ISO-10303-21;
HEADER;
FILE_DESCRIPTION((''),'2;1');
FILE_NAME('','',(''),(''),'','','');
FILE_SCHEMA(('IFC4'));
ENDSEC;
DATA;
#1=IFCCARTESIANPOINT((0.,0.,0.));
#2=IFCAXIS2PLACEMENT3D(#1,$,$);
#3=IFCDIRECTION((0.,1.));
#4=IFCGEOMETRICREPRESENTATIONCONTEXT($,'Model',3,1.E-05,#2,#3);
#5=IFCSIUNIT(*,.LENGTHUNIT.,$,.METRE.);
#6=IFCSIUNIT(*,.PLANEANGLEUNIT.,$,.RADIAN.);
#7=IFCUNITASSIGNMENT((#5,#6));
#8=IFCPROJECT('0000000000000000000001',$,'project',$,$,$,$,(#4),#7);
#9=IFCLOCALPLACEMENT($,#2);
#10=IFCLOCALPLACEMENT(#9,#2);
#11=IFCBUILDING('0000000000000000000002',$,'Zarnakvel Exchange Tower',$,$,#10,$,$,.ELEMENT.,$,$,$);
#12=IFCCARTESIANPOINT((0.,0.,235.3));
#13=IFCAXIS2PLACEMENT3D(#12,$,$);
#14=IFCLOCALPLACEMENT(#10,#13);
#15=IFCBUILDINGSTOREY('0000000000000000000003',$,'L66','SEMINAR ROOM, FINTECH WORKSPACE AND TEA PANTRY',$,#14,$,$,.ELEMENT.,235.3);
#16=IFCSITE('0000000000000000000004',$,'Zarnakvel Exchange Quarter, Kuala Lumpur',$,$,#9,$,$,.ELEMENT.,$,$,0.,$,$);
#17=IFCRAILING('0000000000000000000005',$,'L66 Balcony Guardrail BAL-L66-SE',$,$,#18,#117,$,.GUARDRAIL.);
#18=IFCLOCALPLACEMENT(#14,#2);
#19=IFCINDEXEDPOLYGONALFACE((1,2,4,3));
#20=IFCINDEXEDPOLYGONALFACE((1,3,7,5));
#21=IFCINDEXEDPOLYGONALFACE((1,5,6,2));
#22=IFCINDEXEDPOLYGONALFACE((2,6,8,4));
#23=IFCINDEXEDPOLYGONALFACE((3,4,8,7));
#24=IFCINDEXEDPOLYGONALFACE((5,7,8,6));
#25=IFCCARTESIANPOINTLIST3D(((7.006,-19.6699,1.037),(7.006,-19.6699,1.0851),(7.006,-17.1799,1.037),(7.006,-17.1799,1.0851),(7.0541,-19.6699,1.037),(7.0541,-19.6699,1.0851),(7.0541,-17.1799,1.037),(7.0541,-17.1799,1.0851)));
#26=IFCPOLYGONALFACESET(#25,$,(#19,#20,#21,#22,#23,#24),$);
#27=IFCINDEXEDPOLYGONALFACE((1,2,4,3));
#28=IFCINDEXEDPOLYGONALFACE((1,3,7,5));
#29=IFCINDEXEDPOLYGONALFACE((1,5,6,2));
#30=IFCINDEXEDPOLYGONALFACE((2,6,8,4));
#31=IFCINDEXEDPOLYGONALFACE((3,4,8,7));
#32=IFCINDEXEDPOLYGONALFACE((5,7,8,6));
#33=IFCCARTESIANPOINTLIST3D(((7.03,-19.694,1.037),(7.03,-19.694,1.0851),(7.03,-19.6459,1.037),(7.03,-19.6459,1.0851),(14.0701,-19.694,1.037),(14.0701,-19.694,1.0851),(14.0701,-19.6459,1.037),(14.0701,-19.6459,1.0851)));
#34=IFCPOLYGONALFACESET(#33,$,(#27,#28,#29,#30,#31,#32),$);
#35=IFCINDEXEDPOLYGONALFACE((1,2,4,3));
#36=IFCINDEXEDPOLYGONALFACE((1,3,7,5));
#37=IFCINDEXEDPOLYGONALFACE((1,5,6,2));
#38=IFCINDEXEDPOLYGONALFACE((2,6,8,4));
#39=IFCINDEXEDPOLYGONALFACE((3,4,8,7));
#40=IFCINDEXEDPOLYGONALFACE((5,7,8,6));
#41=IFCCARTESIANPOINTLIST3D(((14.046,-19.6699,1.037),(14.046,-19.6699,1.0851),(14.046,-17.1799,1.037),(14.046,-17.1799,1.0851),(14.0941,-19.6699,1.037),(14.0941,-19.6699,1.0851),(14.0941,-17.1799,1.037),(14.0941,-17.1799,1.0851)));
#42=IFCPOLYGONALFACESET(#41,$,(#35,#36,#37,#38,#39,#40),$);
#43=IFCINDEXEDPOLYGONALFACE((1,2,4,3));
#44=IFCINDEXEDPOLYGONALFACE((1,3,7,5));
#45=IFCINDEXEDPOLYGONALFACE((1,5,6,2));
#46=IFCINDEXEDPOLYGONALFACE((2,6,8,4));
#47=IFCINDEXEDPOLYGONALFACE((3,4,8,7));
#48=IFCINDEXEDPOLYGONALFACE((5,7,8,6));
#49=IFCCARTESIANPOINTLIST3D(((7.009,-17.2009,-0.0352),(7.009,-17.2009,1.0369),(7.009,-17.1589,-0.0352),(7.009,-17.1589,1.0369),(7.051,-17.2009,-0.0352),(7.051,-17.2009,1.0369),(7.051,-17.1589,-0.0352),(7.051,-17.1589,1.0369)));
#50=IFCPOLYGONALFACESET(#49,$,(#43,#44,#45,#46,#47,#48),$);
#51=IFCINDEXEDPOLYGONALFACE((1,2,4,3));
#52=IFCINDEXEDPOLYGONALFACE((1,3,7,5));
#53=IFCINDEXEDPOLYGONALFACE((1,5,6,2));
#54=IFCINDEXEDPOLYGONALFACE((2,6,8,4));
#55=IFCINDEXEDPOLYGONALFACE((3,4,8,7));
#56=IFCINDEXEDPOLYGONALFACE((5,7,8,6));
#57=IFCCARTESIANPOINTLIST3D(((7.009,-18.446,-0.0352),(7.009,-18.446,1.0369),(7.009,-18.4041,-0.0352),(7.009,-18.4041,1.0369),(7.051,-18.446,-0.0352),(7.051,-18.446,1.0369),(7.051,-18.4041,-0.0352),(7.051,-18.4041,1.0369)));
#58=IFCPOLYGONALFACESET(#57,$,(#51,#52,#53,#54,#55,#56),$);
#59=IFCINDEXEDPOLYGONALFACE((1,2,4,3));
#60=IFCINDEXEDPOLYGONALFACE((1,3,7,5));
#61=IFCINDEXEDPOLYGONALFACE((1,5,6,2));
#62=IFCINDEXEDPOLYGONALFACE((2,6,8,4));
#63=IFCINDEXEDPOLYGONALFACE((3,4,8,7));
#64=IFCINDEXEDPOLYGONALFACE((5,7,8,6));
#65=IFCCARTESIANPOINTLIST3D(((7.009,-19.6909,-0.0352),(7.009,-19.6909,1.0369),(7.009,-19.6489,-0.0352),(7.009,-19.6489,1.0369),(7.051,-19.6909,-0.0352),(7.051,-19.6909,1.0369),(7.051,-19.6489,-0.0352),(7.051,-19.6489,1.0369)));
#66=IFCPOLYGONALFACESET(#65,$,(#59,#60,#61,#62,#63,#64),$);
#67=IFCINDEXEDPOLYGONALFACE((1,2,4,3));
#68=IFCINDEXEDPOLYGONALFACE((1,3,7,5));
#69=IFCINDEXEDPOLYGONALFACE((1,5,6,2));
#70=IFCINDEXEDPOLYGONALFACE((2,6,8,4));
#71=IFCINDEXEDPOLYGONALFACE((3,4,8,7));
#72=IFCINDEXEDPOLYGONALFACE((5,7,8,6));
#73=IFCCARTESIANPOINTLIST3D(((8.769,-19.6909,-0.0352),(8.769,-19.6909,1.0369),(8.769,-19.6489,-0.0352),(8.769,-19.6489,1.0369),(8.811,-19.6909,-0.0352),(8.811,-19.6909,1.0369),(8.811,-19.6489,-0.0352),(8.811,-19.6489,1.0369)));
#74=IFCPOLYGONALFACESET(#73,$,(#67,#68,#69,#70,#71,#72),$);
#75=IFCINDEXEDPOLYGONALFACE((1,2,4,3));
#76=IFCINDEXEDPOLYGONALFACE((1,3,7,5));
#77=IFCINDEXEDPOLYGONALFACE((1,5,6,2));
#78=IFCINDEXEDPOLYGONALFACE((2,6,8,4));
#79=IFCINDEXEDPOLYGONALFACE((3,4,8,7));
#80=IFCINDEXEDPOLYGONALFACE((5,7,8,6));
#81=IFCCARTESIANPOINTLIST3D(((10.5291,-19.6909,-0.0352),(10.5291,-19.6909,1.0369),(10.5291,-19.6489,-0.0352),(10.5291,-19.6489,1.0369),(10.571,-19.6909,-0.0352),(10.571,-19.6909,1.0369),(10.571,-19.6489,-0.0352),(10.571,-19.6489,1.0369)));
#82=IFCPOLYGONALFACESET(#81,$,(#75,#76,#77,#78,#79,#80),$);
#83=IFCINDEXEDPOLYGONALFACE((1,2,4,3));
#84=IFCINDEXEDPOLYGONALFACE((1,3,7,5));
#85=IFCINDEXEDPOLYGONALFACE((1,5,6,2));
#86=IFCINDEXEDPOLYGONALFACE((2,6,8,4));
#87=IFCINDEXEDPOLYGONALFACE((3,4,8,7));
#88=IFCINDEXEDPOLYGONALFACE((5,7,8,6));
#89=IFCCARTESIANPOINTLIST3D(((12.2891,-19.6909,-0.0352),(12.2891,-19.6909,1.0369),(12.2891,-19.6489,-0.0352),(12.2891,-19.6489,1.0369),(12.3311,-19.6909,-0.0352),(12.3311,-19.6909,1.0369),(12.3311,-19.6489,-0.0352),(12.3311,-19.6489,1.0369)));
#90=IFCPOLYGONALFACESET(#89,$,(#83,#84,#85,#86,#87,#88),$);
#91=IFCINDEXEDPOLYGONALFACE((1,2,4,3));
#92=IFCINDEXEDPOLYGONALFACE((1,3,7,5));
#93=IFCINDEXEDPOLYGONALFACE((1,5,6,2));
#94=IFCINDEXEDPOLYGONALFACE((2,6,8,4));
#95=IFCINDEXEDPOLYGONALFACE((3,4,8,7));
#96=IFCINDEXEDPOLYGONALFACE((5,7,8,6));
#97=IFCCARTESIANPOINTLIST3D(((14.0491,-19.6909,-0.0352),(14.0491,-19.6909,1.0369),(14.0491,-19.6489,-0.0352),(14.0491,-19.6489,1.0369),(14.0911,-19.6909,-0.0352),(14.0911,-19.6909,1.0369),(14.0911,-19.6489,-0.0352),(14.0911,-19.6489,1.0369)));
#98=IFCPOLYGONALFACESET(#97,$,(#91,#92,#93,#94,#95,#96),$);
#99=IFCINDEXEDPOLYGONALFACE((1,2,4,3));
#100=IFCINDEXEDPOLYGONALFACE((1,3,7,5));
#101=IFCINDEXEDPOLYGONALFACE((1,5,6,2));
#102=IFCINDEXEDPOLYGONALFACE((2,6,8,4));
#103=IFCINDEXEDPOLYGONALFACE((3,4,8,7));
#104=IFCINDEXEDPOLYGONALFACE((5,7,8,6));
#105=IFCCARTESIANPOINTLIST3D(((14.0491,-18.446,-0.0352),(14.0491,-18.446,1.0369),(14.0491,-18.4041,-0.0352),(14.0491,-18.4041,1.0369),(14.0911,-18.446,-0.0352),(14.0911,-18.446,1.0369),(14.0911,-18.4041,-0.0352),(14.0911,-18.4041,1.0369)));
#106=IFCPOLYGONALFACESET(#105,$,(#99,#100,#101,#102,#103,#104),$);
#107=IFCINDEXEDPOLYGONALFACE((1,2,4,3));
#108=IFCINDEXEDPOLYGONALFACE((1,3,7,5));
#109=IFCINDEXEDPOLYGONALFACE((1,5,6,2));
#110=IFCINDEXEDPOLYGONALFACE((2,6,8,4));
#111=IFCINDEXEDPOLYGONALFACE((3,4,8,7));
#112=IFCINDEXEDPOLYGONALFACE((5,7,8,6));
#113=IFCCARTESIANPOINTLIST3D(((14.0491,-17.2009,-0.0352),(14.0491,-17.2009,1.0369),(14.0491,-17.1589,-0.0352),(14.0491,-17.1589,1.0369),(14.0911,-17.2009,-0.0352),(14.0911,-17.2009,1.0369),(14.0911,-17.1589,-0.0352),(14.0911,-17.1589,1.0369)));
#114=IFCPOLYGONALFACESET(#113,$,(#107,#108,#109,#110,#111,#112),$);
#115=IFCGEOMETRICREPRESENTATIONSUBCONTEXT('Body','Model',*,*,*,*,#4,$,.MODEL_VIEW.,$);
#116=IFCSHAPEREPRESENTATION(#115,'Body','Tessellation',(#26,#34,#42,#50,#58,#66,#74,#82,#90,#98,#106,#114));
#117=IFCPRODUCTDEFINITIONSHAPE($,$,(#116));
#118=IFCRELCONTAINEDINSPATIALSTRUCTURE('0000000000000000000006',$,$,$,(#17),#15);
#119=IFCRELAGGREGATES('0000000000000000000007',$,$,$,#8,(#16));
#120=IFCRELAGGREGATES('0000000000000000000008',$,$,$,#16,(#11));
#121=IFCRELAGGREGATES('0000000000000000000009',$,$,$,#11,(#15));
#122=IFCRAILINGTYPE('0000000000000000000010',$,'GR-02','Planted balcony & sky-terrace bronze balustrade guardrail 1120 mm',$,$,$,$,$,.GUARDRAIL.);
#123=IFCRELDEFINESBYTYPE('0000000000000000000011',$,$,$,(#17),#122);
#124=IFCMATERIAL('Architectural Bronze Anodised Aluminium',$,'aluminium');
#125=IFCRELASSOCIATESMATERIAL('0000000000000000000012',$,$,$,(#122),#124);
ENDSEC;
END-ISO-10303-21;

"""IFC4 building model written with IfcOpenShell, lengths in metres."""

from ifc_helpers import new_model, si_unit, direction, frame, origin, origin_2d, place, context, subcontext, project, spatial, rectangle, extrude, material, type_object, element, save


model = new_model("IFC4")

# Units and contexts
model_context = context("Model", 3, precision=1e-05, world=origin(), true_north=direction((0.0, 1.0)))
body_context = subcontext(model_context, "Body", "Model", "MODEL_VIEW")
ifc_project = project(units=[si_unit("LENGTHUNIT", "METRE"), si_unit("PLANEANGLEUNIT", "RADIAN")], contexts=[model_context])

# Site, building, storey
site_placement = place(None, origin())
site = spatial("IfcSite", under=ifc_project, at=site_placement, Name="Zarnakvel Exchange Quarter, Kuala Lumpur", CompositionType="ELEMENT", RefElevation=0.0)
building_placement = place(site_placement, origin())
building = spatial("IfcBuilding", under=site, at=building_placement, Name="Zarnakvel Exchange Tower", CompositionType="ELEMENT")
storey_placement = place(building_placement, frame((0.0, 0.0, 235.3)))
storey = spatial("IfcBuildingStorey", under=building, at=storey_placement, Name="L66", Description="SEMINAR ROOM, FINTECH WORKSPACE AND TEA PANTRY", CompositionType="ELEMENT", Elevation=235.3)

# Shared definitions
ifc_material_1 = material(Name="Architectural Bronze Anodised Aluminium", Category="aluminium")

# Railing
railing_type = type_object("IfcRailingType", Name="GR-02", Description="Planted balcony & sky-terrace bronze balustrade guardrail 1120 mm", PredefinedType="GUARDRAIL", material=ifc_material_1)
railing_placement = place(storey_placement, frame((7.03, -17.1799, -0.0352)))
element("IfcRailing", 1, at=railing_placement, inside=storey, type_object=railing_type, Name="L66 Balcony Guardrail BAL-L66-SE", PredefinedType="GUARDRAIL", context=body_context, shape_type="SweptSolid", body=[
    extrude(rectangle(XDim=0.0481, YDim=0.0481, at=origin_2d()), frame((0.0, 0.0, 1.0962), z_axis=(0.0, -1.0, 0.0), x_axis=(1.0, 0.0, 0.0)), (0.0, 0.0, 1.0), 2.49),
    extrude(rectangle(XDim=0.0481, YDim=0.0481, at=origin_2d()), frame((0.0, -2.49, 1.0962), z_axis=(1.0, 0.0, 0.0), x_axis=(0.0, 1.0, 0.0)), (0.0, 0.0, 1.0), 7.04),
    extrude(rectangle(XDim=0.0481, YDim=0.0481, at=origin_2d()), frame((7.04, -2.49, 1.0962), z_axis=(0.0, 1.0, 0.0), x_axis=(-1.0, 0.0, 0.0)), (0.0, 0.0, 1.0), 2.49),
    extrude(rectangle(XDim=0.042, YDim=0.042, at=origin_2d()), origin(), (0.0, 0.0, 1.0), 1.072),
    extrude(rectangle(XDim=0.042, YDim=0.042, at=origin_2d()), frame((0.0, -1.2451, 0.0)), (0.0, 0.0, 1.0), 1.072),
    extrude(rectangle(XDim=0.042, YDim=0.042, at=origin_2d()), frame((0.0, -2.49, 0.0)), (0.0, 0.0, 1.0), 1.072),
    extrude(rectangle(XDim=0.042, YDim=0.042, at=origin_2d()), frame((1.76, -2.49, 0.0)), (0.0, 0.0, 1.0), 1.072),
    extrude(rectangle(XDim=0.042, YDim=0.042, at=origin_2d()), frame((3.52, -2.49, 0.0)), (0.0, 0.0, 1.0), 1.072),
    extrude(rectangle(XDim=0.042, YDim=0.042, at=origin_2d()), frame((5.28, -2.49, 0.0)), (0.0, 0.0, 1.0), 1.072),
    extrude(rectangle(XDim=0.042, YDim=0.042, at=origin_2d()), frame((7.04, -2.49, 0.0)), (0.0, 0.0, 1.0), 1.072),
    extrude(rectangle(XDim=0.042, YDim=0.042, at=origin_2d()), frame((7.04, -1.2451, 0.0)), (0.0, 0.0, 1.0), 1.072),
    extrude(rectangle(XDim=0.042, YDim=0.042, at=origin_2d()), frame((7.04, 0.0, 0.0)), (0.0, 0.0, 1.0), 1.072),
])

save(model, "model.ifc")
